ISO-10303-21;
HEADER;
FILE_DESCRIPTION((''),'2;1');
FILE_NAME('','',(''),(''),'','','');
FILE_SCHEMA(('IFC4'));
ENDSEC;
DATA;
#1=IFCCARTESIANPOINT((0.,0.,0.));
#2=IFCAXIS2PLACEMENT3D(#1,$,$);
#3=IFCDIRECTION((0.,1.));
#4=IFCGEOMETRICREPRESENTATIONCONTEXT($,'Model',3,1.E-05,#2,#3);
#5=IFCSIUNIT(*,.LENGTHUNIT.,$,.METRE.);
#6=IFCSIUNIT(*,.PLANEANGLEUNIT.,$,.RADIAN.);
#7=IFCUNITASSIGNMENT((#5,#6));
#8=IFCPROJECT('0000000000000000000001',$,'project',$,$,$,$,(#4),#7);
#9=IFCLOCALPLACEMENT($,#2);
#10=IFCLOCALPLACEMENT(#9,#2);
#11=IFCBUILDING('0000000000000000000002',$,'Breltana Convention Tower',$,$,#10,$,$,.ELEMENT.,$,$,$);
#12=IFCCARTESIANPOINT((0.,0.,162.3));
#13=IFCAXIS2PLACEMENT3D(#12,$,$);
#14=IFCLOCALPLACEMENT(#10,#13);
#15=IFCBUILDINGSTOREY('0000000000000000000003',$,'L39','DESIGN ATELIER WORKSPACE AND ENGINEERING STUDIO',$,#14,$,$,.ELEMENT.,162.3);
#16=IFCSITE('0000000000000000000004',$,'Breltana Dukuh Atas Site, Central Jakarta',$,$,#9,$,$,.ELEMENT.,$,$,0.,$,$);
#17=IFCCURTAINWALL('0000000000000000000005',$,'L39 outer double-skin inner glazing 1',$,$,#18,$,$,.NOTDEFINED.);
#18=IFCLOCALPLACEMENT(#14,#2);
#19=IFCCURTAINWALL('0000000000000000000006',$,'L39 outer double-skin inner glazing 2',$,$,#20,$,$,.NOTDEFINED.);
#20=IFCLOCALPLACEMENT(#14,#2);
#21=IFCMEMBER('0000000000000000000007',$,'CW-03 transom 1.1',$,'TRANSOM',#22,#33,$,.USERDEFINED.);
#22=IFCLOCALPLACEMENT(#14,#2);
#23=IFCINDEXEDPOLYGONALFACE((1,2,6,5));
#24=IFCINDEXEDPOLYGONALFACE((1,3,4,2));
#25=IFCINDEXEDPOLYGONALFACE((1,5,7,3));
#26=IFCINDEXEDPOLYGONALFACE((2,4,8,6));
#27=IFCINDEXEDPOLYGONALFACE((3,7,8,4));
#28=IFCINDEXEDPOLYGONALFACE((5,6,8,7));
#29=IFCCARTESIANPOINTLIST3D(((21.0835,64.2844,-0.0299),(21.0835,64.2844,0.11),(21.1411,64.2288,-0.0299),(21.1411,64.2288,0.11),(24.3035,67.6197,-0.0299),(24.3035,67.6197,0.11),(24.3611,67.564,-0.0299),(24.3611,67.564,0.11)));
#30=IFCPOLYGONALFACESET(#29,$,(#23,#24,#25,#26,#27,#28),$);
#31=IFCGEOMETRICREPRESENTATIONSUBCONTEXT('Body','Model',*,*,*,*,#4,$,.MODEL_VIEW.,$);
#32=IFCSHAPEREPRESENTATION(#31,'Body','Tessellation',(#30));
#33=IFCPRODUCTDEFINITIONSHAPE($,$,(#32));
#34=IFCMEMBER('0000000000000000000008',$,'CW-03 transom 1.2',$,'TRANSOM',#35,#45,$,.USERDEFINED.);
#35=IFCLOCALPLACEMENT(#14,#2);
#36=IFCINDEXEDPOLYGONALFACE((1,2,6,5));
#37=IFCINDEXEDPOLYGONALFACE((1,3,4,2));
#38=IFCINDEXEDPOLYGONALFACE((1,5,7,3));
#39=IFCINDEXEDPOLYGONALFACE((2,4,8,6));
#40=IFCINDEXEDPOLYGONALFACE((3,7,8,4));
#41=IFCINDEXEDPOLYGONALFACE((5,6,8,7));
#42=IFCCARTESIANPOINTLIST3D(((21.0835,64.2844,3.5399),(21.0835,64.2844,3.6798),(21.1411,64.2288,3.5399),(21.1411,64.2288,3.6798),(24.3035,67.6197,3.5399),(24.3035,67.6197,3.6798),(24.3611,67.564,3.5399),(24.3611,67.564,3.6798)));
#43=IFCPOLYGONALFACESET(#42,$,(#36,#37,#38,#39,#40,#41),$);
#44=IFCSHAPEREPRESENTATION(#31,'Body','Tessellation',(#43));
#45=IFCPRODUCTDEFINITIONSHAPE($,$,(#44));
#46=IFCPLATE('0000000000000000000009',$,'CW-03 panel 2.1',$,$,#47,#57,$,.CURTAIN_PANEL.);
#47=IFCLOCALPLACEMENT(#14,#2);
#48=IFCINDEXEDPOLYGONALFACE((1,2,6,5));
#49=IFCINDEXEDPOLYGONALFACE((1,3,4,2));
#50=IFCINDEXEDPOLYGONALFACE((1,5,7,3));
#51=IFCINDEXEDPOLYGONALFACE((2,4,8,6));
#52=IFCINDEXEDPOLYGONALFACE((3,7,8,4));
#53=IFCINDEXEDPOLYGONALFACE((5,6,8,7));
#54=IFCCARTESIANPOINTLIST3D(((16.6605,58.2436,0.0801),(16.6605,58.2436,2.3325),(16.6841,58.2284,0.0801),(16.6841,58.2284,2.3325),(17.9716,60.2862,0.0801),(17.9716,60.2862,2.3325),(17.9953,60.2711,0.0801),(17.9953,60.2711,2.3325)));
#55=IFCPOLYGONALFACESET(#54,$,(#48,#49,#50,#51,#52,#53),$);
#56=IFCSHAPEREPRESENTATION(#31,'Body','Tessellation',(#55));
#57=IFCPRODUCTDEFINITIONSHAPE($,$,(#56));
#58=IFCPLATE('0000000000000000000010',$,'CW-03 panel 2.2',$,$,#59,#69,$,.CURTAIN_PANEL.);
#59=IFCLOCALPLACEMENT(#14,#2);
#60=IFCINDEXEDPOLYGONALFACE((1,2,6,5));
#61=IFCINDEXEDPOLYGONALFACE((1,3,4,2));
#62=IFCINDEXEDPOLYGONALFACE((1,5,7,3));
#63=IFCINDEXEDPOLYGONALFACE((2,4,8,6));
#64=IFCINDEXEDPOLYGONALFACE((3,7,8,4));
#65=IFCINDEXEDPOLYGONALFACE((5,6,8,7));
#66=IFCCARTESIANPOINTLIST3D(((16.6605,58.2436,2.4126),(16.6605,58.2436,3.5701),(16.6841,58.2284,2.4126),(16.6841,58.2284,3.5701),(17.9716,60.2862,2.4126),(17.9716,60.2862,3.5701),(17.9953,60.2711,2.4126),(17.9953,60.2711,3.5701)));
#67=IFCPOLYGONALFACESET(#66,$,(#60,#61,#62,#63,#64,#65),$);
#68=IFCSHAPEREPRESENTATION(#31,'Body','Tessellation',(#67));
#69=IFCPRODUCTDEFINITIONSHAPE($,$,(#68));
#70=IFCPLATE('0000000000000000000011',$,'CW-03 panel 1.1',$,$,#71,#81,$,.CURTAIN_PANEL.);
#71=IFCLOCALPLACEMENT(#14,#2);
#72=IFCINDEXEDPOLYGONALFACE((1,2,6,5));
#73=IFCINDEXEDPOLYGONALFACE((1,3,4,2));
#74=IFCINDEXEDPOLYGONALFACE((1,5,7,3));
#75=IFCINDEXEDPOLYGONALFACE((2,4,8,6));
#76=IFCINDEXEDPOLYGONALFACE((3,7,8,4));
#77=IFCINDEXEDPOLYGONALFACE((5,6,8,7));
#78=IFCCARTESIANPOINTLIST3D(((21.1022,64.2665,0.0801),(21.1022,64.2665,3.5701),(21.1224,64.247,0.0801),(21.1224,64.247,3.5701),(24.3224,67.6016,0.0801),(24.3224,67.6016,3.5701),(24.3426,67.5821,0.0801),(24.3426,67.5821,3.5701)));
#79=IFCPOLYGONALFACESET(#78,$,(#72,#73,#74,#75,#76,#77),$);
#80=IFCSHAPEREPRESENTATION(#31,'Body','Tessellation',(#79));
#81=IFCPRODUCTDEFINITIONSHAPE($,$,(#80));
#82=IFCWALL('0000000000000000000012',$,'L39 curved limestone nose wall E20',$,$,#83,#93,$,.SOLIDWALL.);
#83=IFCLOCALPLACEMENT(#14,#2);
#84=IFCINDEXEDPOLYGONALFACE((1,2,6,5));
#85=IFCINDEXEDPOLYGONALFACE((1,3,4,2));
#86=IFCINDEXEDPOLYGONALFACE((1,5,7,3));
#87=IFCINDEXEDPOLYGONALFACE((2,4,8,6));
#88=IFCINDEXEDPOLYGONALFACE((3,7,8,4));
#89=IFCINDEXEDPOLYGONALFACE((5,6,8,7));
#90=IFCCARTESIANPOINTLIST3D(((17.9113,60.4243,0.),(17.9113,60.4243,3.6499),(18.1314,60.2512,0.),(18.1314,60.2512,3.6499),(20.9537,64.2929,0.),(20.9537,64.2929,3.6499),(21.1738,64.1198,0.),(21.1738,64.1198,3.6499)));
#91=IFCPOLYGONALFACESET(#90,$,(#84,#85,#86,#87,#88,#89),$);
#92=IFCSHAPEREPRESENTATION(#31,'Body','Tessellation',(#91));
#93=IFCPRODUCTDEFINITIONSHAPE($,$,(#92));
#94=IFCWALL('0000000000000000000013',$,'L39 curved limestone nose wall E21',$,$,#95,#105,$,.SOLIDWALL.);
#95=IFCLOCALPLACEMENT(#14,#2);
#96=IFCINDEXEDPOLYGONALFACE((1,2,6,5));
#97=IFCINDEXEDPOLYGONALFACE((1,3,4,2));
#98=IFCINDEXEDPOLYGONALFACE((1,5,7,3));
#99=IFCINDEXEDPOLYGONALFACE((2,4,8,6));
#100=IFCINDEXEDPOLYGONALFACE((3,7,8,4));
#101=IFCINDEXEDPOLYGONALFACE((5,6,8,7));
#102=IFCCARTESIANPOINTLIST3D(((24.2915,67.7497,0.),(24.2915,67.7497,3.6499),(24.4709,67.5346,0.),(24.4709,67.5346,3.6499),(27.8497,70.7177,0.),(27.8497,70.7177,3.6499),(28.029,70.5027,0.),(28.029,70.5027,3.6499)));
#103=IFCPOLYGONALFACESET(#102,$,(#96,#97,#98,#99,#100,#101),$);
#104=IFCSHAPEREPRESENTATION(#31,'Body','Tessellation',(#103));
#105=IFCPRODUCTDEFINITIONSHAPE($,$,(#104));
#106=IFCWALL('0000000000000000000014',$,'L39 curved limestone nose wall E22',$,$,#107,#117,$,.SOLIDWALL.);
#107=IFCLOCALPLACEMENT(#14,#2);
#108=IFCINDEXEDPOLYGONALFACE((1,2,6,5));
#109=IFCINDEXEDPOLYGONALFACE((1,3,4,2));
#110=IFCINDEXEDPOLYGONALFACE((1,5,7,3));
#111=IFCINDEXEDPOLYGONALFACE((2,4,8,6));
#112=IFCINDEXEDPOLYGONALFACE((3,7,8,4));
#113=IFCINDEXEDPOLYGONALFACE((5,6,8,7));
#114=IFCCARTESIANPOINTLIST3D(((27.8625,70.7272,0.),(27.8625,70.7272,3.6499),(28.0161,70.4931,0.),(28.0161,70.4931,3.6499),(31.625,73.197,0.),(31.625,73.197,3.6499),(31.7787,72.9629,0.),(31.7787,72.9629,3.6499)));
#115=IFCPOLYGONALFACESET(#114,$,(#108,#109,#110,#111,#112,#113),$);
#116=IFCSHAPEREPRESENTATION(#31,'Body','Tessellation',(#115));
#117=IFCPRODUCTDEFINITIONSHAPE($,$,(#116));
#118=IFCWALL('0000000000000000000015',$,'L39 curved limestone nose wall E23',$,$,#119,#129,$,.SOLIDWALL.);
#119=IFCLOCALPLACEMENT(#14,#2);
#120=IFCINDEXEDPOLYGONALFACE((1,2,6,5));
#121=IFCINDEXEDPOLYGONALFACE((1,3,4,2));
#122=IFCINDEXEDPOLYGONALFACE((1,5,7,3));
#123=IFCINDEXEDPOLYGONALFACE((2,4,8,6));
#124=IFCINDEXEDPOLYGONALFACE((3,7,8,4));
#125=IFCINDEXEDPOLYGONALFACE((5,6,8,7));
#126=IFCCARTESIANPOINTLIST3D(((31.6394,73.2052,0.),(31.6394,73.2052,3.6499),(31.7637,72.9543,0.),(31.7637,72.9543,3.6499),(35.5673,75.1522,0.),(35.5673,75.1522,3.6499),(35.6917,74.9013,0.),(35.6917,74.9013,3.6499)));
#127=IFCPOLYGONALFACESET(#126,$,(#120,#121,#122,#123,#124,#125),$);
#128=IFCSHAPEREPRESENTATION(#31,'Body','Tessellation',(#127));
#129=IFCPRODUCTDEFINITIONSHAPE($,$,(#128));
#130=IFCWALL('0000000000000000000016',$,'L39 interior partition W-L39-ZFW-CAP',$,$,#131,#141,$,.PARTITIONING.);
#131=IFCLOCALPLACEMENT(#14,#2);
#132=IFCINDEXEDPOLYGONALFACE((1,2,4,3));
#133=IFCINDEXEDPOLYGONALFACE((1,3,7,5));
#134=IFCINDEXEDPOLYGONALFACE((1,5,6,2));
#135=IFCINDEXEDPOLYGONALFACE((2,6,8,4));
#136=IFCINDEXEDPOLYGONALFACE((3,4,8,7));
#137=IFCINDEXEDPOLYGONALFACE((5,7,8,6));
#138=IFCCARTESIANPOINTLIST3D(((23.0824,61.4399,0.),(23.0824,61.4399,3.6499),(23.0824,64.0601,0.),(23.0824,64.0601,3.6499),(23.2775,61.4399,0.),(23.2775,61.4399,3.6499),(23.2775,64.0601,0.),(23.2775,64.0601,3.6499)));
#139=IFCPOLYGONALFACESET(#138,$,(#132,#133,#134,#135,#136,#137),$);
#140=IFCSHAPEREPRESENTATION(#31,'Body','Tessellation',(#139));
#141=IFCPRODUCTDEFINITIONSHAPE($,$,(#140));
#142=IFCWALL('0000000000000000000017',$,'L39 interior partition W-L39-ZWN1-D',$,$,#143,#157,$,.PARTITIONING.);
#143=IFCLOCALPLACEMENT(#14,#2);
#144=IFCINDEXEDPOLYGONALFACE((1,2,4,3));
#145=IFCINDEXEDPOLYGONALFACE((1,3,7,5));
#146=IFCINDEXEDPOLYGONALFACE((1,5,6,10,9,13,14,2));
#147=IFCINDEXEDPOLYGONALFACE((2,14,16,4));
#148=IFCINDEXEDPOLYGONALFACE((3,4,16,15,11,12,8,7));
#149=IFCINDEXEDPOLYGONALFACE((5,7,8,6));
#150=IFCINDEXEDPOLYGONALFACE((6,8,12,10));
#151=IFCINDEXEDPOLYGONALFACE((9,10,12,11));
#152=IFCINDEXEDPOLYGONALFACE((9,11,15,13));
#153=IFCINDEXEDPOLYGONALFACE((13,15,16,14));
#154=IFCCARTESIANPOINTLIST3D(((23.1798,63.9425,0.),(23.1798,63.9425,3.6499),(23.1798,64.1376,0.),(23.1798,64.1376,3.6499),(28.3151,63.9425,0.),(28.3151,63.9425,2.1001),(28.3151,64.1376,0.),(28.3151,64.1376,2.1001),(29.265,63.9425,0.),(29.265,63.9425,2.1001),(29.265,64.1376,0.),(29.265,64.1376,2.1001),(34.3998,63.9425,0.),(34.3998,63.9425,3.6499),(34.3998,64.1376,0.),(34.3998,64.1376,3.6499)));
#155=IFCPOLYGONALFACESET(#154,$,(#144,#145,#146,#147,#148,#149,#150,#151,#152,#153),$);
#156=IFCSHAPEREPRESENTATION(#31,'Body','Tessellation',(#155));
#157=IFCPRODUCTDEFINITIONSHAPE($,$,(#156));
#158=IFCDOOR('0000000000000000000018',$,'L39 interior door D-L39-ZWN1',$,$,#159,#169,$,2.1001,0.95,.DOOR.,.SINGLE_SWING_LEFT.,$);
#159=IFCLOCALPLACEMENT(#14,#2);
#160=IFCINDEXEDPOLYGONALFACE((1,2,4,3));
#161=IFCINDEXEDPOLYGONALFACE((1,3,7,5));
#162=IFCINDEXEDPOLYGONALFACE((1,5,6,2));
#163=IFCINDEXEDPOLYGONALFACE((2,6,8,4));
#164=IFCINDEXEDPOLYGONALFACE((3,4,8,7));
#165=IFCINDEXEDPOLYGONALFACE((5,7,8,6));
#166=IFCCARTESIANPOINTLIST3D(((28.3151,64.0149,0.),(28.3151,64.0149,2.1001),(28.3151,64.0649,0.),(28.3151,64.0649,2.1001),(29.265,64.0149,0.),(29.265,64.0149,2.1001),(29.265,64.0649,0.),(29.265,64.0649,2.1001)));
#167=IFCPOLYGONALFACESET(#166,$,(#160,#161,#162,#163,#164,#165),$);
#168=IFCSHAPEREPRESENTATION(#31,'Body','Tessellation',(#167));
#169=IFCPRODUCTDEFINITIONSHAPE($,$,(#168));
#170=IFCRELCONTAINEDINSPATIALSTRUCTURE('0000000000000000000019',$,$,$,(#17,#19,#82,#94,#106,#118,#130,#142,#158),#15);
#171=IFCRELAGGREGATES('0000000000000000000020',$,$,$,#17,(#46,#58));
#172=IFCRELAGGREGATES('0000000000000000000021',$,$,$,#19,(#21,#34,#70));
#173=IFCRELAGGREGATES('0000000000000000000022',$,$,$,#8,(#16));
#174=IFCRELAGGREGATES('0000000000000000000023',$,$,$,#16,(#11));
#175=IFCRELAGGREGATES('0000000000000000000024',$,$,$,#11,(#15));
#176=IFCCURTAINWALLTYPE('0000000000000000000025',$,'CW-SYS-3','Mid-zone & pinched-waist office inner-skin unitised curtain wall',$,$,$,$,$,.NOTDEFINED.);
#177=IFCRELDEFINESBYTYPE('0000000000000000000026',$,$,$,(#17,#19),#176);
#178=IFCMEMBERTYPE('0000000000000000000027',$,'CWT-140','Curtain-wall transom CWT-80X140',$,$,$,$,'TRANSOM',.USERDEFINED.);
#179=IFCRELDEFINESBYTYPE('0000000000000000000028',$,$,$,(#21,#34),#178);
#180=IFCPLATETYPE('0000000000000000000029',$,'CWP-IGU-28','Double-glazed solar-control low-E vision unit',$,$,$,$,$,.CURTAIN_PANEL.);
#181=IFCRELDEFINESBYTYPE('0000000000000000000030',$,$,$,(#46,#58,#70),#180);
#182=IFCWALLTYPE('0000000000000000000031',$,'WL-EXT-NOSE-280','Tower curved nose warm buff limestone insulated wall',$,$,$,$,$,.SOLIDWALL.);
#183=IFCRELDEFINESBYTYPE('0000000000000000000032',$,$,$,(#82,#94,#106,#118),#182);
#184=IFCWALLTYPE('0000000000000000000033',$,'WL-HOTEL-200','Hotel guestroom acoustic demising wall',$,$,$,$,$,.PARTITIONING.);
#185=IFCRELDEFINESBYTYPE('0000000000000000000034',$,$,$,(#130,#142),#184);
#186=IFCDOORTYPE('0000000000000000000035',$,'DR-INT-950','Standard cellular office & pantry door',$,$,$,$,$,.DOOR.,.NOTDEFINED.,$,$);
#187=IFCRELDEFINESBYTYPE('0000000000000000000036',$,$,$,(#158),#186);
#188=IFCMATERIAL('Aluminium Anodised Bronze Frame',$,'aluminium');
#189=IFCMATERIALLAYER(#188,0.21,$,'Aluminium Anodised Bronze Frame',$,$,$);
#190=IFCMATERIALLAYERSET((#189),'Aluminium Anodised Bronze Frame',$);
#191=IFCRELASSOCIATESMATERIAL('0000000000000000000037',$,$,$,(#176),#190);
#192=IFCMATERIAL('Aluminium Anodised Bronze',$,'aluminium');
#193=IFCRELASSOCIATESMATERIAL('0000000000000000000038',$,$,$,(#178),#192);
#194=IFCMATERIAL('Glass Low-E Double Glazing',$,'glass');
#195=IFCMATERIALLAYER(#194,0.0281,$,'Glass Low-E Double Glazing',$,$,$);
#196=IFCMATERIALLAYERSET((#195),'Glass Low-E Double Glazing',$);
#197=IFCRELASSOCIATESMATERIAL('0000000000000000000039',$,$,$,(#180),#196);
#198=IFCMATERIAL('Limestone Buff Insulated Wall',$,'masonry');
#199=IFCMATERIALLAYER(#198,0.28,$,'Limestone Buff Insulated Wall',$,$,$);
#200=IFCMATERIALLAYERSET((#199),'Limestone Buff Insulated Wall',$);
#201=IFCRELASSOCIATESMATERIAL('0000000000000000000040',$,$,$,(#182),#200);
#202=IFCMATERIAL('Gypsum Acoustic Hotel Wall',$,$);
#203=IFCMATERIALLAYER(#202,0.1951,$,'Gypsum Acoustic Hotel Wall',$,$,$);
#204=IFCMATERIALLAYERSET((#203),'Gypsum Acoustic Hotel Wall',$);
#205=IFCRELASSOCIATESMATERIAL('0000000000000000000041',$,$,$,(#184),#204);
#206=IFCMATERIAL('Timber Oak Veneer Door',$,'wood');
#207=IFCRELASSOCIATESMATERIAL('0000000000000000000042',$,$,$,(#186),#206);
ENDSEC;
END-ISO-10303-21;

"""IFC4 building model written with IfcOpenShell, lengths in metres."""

from ifc_helpers import new_model, si_unit, direction, frame, frame_2d, origin, origin_2d, place, context, subcontext, project, spatial, rectangle, extrude, source, transform, mapped, material, layer, layer_set, material_profile, profile_set, type_object, type_shapes, element, fill, aggregate, save


model = new_model("IFC4")

# Units and contexts
model_context = context("Model", 3, precision=1e-05, world=origin(), true_north=direction((0.0, 1.0)))
body_context = subcontext(model_context, "Body", "Model", "MODEL_VIEW")
ifc_project = project(units=[si_unit("LENGTHUNIT", "METRE"), si_unit("PLANEANGLEUNIT", "RADIAN")], contexts=[model_context])

# Site, building, storey
site_placement = place(None, origin())
site = spatial("IfcSite", under=ifc_project, at=site_placement, Name="Breltana Dukuh Atas Site, Central Jakarta", CompositionType="ELEMENT", RefElevation=0.0)
building_placement = place(site_placement, origin())
building = spatial("IfcBuilding", under=site, at=building_placement, Name="Breltana Convention Tower", CompositionType="ELEMENT")
storey_placement = place(building_placement, frame((0.0, 0.0, 162.3)))
storey = spatial("IfcBuildingStorey", under=building, at=storey_placement, Name="L39", Description="DESIGN ATELIER WORKSPACE AND ENGINEERING STUDIO", CompositionType="ELEMENT", Elevation=162.3)

# Curtain wall
ifc_material_1 = material(Name="Aluminium Anodised Bronze Frame", Category="aluminium")
ifc_layer_1 = layer(ifc_material_1, 0.21, Name="Aluminium Anodised Bronze Frame")
ifc_layer_set_1 = layer_set([ifc_layer_1], Name="Aluminium Anodised Bronze Frame")
curtain_wall_type = type_object("IfcCurtainWallType", Name="CW-SYS-3", Description="Mid-zone & pinched-waist office inner-skin unitised curtain wall", PredefinedType="NOTDEFINED", material=ifc_layer_set_1)
curtain_wall_1_placement = place(storey_placement, origin())
curtain_wall_1 = element("IfcCurtainWall", 1, at=curtain_wall_1_placement, inside=storey, type_object=curtain_wall_type, Name="L39 outer double-skin inner glazing 1", PredefinedType="NOTDEFINED")
ifc_material_2 = material(Name="Aluminium Anodised Bronze", Category="aluminium")

# Curtain wall
curtain_wall_2_placement = place(storey_placement, origin())
curtain_wall_2 = element("IfcCurtainWall", 2, at=curtain_wall_2_placement, inside=storey, type_object=curtain_wall_type, Name="L39 outer double-skin inner glazing 2", PredefinedType="NOTDEFINED")

# Members
ifc_material_profile_1 = material_profile(ifc_material_2, rectangle(XDim=0.0801, YDim=0.1399, at=origin_2d()), Name="CWT-80X140")
ifc_profile_set_1 = profile_set([ifc_material_profile_1], Name="Aluminium Anodised Bronze")
member_type_1 = type_object("IfcMemberType", Name="CWT-140", Description="Curtain-wall transom CWT-80X140", ElementType="TRANSOM", PredefinedType="USERDEFINED", material=ifc_profile_set_1)
shared_shape_1 = source(origin(), body_context, "Body", "SweptSolid", [
    extrude(rectangle(XDim=0.0801, YDim=0.1399, at=origin_2d()), origin(), (0.0, 0.0, 1.0), 4.636),
])
member_1_placement = place(storey_placement, frame((21.1123, 64.2566, 0.04), z_axis=(0.694569, 0.719426, 0.0), x_axis=(-0.719426, 0.694569, 0.0)))
member_1 = element("IfcMember", 3, at=member_1_placement, type_object=member_type_1, Name="CW-03 transom 1.1", ObjectType="TRANSOM", PredefinedType="USERDEFINED", context=body_context, shape_type="MappedRepresentation", body=[
    mapped(shared_shape_1, transform((0.0, 0.0, 0.0), scale=1.0)),
])
member_2_placement = place(storey_placement, frame((21.1123, 64.2566, 3.6099), z_axis=(0.694569, 0.719426, 0.0), x_axis=(-0.719426, 0.694569, 0.0)))
member_2 = element("IfcMember", 4, at=member_2_placement, type_object=member_type_1, Name="CW-03 transom 1.2", ObjectType="TRANSOM", PredefinedType="USERDEFINED", context=body_context, shape_type="MappedRepresentation", body=[
    mapped(shared_shape_1, transform((0.0, 0.0, 0.0), scale=1.0)),
])

# Plates
ifc_material_3 = material(Name="Glass Low-E Double Glazing", Category="glass")
ifc_layer_2 = layer(ifc_material_3, 0.0281, Name="Glass Low-E Double Glazing")
ifc_layer_set_2 = layer_set([ifc_layer_2], Name="Glass Low-E Double Glazing")
plate_type = type_object("IfcPlateType", Name="CWP-IGU-28", Description="Double-glazed solar-control low-E vision unit", PredefinedType="CURTAIN_PANEL", material=ifc_layer_set_2)
shared_shape_2 = source(origin(), body_context, "Body", "SweptSolid", [
    extrude(rectangle(XDim=2.4272, YDim=0.0281, at=origin_2d()), origin(), (0.0, 0.0, 1.0), 2.2524),
])
plate_1_placement = place(storey_placement, frame((17.3279, 59.2573, 0.0801), z_axis=(0.0, 0.0, 1.0), x_axis=(0.540173, 0.841554, 0.0)))
plate_1 = element("IfcPlate", 5, at=plate_1_placement, type_object=plate_type, Name="CW-03 panel 2.1", PredefinedType="CURTAIN_PANEL", context=body_context, shape_type="MappedRepresentation", body=[
    mapped(shared_shape_2, transform((0.0, 0.0, 0.0), scale=1.0)),
])
shared_shape_3 = source(origin(), body_context, "Body", "SweptSolid", [
    extrude(rectangle(XDim=2.4272, YDim=0.0281, at=origin_2d()), origin(), (0.0, 0.0, 1.0), 1.1575),
])
plate_2_placement = place(storey_placement, frame((17.3279, 59.2573, 2.4126), z_axis=(0.0, 0.0, 1.0), x_axis=(0.540173, 0.841554, 0.0)))
plate_2 = element("IfcPlate", 6, at=plate_2_placement, type_object=plate_type, Name="CW-03 panel 2.2", PredefinedType="CURTAIN_PANEL", context=body_context, shape_type="MappedRepresentation", body=[
    mapped(shared_shape_3, transform((0.0, 0.0, 0.0), scale=1.0)),
])
aggregate(curtain_wall_1, [plate_1, plate_2])
shared_shape_4 = source(origin(), body_context, "Body", "SweptSolid", [
    extrude(rectangle(XDim=4.636, YDim=0.0281, at=origin_2d()), origin(), (0.0, 0.0, 1.0), 3.49),
])
plate_3_placement = place(storey_placement, frame((22.7224, 65.9243, 0.0801), z_axis=(0.0, 0.0, 1.0), x_axis=(0.694603, 0.719394, 0.0)))
plate_3 = element("IfcPlate", 7, at=plate_3_placement, type_object=plate_type, Name="CW-03 panel 1.1", PredefinedType="CURTAIN_PANEL", context=body_context, shape_type="MappedRepresentation", body=[
    mapped(shared_shape_4, transform((0.0, 0.0, 0.0), scale=1.0)),
])
aggregate(curtain_wall_2, [member_1, member_2, plate_3])

# Walls
ifc_material_4 = material(Name="Limestone Buff Insulated Wall", Category="masonry")
ifc_layer_3 = layer(ifc_material_4, 0.28, Name="Limestone Buff Insulated Wall")
ifc_layer_set_3 = layer_set([ifc_layer_3], Name="Limestone Buff Insulated Wall")
wall_type_1 = type_object("IfcWallType", Name="WL-EXT-NOSE-280", Description="Tower curved nose warm buff limestone insulated wall", PredefinedType="SOLIDWALL", material=ifc_layer_set_3)
shared_shape_5 = source(origin(), body_context, "Body", "SweptSolid", [
    extrude(rectangle(XDim=4.9216, YDim=0.28, at=frame_2d((2.4609, 0.0))), origin(), (0.0, 0.0, 1.0), 3.6499),
])
wall_1_placement = place(storey_placement, frame((18.0212, 60.3376, 0.0), z_axis=(0.0, 0.0, 1.0), x_axis=(0.618176, 0.786039, 0.0)))
element("IfcWall", 8, at=wall_1_placement, inside=storey, type_object=wall_type_1, Name="L39 curved limestone nose wall E20", PredefinedType="SOLIDWALL", context=body_context, shape_type="MappedRepresentation", body=[
    mapped(shared_shape_5, transform((0.0, 0.0, 0.0), scale=1.0)),
])
shared_shape_6 = source(origin(), body_context, "Body", "SweptSolid", [
    extrude(rectangle(XDim=4.6335, YDim=0.28, at=frame_2d((2.3169, 0.0))), origin(), (0.0, 0.0, 1.0), 3.6499),
])
wall_2_placement = place(storey_placement, frame((24.3811, 67.6421, 0.0), z_axis=(0.0, 0.0, 1.0), x_axis=(0.76791, 0.640557, 0.0)))
element("IfcWall", 9, at=wall_2_placement, inside=storey, type_object=wall_type_1, Name="L39 curved limestone nose wall E21", PredefinedType="SOLIDWALL", context=body_context, shape_type="MappedRepresentation", body=[
    mapped(shared_shape_6, transform((0.0, 0.0, 0.0), scale=1.0)),
])
shared_shape_7 = source(origin(), body_context, "Body", "SweptSolid", [
    extrude(rectangle(XDim=4.5007, YDim=0.28, at=frame_2d((2.2505, 0.0))), origin(), (0.0, 0.0, 1.0), 3.6499),
])
wall_3_placement = place(storey_placement, frame((27.9392, 70.6101, 0.0), z_axis=(0.0, 0.0, 1.0), x_axis=(0.835985, 0.548752, 0.0)))
element("IfcWall", 10, at=wall_3_placement, inside=storey, type_object=wall_type_1, Name="L39 curved limestone nose wall E22", PredefinedType="SOLIDWALL", context=body_context, shape_type="MappedRepresentation", body=[
    mapped(shared_shape_7, transform((0.0, 0.0, 0.0), scale=1.0)),
])
shared_shape_8 = source(origin(), body_context, "Body", "SweptSolid", [
    extrude(rectangle(XDim=4.384, YDim=0.28, at=frame_2d((2.1919, 0.0))), origin(), (0.0, 0.0, 1.0), 3.6499),
])
wall_4_placement = place(storey_placement, frame((31.7017, 73.0798, 0.0), z_axis=(0.0, 0.0, 1.0), x_axis=(0.89597, 0.444115, 0.0)))
element("IfcWall", 11, at=wall_4_placement, inside=storey, type_object=wall_type_1, Name="L39 curved limestone nose wall E23", PredefinedType="SOLIDWALL", context=body_context, shape_type="MappedRepresentation", body=[
    mapped(shared_shape_8, transform((0.0, 0.0, 0.0), scale=1.0)),
])
ifc_material_5 = material(Name="Gypsum Acoustic Hotel Wall")
ifc_layer_4 = layer(ifc_material_5, 0.1951, Name="Gypsum Acoustic Hotel Wall")
ifc_layer_set_4 = layer_set([ifc_layer_4], Name="Gypsum Acoustic Hotel Wall")
wall_type_2 = type_object("IfcWallType", Name="WL-HOTEL-200", Description="Hotel guestroom acoustic demising wall", PredefinedType="PARTITIONING", material=ifc_layer_set_4)
shared_shape_9 = source(origin(), body_context, "Body", "SweptSolid", [
    extrude(rectangle(XDim=2.6201, YDim=0.1951, at=frame_2d((1.3101, 0.0))), origin(), (0.0, 0.0, 1.0), 3.6499),
])
wall_5_placement = place(storey_placement, frame((23.1799, 61.4399, 0.0), z_axis=(0.0, 0.0, 1.0), x_axis=(0.0, 1.0, 0.0)))
element("IfcWall", 12, at=wall_5_placement, inside=storey, type_object=wall_type_2, Name="L39 interior partition W-L39-ZFW-CAP", PredefinedType="PARTITIONING", context=body_context, shape_type="MappedRepresentation", body=[
    mapped(shared_shape_9, transform((0.0, 0.0, 0.0), scale=1.0)),
])

# Wall, opening, door
shared_shape_10 = source(origin(), body_context, "Body", "SweptSolid", [
    extrude(rectangle(XDim=11.22, YDim=0.1951, at=frame_2d((5.6099, 0.0))), origin(), (0.0, 0.0, 1.0), 3.6499),
])
wall_6_placement = place(storey_placement, frame((23.1799, 64.04, 0.0), z_axis=(0.0, 0.0, 1.0), x_axis=(1.0, 0.0, 0.0)))
wall_6 = element("IfcWall", 13, at=wall_6_placement, inside=storey, type_object=wall_type_2, Name="L39 interior partition W-L39-ZWN1-D", PredefinedType="PARTITIONING", context=body_context, shape_type="MappedRepresentation", body=[
    mapped(shared_shape_10, transform((0.0, 0.0, 0.0), scale=1.0)),
])
opening_1_placement = place(wall_6_placement, frame((5.135, 0.0, 0.0)))
opening_1 = element("IfcOpeningElement", 14, at=opening_1_placement, cuts=wall_6, PredefinedType="OPENING", context=body_context, shape_type="SweptSolid", body=[
    extrude(rectangle(XDim=0.95, YDim=2.1001, at=frame_2d((0.4751, 1.05))), frame((0.0, 0.1074, 0.0), z_axis=(0.0, -1.0, 0.0), x_axis=(1.0, 0.0, 0.0)), (0.0, 0.0, 1.0), 0.2151),
])
ifc_material_6 = material(Name="Timber Oak Veneer Door", Category="wood")
door_type = type_object("IfcDoorType", Name="DR-INT-950", Description="Standard cellular office & pantry door", OperationType="NOTDEFINED", PredefinedType="DOOR", material=ifc_material_6)
shared_shape_11 = source(origin(), body_context, "Body", "SweptSolid", [
    extrude(rectangle(XDim=0.95, YDim=2.1001, at=frame_2d((0.4751, 1.05))), frame((0.0, 0.0249, 0.0), z_axis=(0.0, -1.0, 0.0), x_axis=(1.0, 0.0, 0.0)), (0.0, 0.0, 1.0), 0.05),
])
type_shapes(door_type, [shared_shape_11])
door_1_placement = place(opening_1_placement, origin())
door_1 = element("IfcDoor", 15, at=door_1_placement, inside=storey, type_object=door_type, Name="L39 interior door D-L39-ZWN1", OperationType="SINGLE_SWING_LEFT", OverallHeight=2.1001, OverallWidth=0.95, PredefinedType="DOOR", context=body_context, shape_type="MappedRepresentation", body=[
    mapped(shared_shape_11, transform((0.0, 0.0, 0.0), scale=1.0)),
])
fill(opening_1, door_1)

save(model, "model.ifc")
